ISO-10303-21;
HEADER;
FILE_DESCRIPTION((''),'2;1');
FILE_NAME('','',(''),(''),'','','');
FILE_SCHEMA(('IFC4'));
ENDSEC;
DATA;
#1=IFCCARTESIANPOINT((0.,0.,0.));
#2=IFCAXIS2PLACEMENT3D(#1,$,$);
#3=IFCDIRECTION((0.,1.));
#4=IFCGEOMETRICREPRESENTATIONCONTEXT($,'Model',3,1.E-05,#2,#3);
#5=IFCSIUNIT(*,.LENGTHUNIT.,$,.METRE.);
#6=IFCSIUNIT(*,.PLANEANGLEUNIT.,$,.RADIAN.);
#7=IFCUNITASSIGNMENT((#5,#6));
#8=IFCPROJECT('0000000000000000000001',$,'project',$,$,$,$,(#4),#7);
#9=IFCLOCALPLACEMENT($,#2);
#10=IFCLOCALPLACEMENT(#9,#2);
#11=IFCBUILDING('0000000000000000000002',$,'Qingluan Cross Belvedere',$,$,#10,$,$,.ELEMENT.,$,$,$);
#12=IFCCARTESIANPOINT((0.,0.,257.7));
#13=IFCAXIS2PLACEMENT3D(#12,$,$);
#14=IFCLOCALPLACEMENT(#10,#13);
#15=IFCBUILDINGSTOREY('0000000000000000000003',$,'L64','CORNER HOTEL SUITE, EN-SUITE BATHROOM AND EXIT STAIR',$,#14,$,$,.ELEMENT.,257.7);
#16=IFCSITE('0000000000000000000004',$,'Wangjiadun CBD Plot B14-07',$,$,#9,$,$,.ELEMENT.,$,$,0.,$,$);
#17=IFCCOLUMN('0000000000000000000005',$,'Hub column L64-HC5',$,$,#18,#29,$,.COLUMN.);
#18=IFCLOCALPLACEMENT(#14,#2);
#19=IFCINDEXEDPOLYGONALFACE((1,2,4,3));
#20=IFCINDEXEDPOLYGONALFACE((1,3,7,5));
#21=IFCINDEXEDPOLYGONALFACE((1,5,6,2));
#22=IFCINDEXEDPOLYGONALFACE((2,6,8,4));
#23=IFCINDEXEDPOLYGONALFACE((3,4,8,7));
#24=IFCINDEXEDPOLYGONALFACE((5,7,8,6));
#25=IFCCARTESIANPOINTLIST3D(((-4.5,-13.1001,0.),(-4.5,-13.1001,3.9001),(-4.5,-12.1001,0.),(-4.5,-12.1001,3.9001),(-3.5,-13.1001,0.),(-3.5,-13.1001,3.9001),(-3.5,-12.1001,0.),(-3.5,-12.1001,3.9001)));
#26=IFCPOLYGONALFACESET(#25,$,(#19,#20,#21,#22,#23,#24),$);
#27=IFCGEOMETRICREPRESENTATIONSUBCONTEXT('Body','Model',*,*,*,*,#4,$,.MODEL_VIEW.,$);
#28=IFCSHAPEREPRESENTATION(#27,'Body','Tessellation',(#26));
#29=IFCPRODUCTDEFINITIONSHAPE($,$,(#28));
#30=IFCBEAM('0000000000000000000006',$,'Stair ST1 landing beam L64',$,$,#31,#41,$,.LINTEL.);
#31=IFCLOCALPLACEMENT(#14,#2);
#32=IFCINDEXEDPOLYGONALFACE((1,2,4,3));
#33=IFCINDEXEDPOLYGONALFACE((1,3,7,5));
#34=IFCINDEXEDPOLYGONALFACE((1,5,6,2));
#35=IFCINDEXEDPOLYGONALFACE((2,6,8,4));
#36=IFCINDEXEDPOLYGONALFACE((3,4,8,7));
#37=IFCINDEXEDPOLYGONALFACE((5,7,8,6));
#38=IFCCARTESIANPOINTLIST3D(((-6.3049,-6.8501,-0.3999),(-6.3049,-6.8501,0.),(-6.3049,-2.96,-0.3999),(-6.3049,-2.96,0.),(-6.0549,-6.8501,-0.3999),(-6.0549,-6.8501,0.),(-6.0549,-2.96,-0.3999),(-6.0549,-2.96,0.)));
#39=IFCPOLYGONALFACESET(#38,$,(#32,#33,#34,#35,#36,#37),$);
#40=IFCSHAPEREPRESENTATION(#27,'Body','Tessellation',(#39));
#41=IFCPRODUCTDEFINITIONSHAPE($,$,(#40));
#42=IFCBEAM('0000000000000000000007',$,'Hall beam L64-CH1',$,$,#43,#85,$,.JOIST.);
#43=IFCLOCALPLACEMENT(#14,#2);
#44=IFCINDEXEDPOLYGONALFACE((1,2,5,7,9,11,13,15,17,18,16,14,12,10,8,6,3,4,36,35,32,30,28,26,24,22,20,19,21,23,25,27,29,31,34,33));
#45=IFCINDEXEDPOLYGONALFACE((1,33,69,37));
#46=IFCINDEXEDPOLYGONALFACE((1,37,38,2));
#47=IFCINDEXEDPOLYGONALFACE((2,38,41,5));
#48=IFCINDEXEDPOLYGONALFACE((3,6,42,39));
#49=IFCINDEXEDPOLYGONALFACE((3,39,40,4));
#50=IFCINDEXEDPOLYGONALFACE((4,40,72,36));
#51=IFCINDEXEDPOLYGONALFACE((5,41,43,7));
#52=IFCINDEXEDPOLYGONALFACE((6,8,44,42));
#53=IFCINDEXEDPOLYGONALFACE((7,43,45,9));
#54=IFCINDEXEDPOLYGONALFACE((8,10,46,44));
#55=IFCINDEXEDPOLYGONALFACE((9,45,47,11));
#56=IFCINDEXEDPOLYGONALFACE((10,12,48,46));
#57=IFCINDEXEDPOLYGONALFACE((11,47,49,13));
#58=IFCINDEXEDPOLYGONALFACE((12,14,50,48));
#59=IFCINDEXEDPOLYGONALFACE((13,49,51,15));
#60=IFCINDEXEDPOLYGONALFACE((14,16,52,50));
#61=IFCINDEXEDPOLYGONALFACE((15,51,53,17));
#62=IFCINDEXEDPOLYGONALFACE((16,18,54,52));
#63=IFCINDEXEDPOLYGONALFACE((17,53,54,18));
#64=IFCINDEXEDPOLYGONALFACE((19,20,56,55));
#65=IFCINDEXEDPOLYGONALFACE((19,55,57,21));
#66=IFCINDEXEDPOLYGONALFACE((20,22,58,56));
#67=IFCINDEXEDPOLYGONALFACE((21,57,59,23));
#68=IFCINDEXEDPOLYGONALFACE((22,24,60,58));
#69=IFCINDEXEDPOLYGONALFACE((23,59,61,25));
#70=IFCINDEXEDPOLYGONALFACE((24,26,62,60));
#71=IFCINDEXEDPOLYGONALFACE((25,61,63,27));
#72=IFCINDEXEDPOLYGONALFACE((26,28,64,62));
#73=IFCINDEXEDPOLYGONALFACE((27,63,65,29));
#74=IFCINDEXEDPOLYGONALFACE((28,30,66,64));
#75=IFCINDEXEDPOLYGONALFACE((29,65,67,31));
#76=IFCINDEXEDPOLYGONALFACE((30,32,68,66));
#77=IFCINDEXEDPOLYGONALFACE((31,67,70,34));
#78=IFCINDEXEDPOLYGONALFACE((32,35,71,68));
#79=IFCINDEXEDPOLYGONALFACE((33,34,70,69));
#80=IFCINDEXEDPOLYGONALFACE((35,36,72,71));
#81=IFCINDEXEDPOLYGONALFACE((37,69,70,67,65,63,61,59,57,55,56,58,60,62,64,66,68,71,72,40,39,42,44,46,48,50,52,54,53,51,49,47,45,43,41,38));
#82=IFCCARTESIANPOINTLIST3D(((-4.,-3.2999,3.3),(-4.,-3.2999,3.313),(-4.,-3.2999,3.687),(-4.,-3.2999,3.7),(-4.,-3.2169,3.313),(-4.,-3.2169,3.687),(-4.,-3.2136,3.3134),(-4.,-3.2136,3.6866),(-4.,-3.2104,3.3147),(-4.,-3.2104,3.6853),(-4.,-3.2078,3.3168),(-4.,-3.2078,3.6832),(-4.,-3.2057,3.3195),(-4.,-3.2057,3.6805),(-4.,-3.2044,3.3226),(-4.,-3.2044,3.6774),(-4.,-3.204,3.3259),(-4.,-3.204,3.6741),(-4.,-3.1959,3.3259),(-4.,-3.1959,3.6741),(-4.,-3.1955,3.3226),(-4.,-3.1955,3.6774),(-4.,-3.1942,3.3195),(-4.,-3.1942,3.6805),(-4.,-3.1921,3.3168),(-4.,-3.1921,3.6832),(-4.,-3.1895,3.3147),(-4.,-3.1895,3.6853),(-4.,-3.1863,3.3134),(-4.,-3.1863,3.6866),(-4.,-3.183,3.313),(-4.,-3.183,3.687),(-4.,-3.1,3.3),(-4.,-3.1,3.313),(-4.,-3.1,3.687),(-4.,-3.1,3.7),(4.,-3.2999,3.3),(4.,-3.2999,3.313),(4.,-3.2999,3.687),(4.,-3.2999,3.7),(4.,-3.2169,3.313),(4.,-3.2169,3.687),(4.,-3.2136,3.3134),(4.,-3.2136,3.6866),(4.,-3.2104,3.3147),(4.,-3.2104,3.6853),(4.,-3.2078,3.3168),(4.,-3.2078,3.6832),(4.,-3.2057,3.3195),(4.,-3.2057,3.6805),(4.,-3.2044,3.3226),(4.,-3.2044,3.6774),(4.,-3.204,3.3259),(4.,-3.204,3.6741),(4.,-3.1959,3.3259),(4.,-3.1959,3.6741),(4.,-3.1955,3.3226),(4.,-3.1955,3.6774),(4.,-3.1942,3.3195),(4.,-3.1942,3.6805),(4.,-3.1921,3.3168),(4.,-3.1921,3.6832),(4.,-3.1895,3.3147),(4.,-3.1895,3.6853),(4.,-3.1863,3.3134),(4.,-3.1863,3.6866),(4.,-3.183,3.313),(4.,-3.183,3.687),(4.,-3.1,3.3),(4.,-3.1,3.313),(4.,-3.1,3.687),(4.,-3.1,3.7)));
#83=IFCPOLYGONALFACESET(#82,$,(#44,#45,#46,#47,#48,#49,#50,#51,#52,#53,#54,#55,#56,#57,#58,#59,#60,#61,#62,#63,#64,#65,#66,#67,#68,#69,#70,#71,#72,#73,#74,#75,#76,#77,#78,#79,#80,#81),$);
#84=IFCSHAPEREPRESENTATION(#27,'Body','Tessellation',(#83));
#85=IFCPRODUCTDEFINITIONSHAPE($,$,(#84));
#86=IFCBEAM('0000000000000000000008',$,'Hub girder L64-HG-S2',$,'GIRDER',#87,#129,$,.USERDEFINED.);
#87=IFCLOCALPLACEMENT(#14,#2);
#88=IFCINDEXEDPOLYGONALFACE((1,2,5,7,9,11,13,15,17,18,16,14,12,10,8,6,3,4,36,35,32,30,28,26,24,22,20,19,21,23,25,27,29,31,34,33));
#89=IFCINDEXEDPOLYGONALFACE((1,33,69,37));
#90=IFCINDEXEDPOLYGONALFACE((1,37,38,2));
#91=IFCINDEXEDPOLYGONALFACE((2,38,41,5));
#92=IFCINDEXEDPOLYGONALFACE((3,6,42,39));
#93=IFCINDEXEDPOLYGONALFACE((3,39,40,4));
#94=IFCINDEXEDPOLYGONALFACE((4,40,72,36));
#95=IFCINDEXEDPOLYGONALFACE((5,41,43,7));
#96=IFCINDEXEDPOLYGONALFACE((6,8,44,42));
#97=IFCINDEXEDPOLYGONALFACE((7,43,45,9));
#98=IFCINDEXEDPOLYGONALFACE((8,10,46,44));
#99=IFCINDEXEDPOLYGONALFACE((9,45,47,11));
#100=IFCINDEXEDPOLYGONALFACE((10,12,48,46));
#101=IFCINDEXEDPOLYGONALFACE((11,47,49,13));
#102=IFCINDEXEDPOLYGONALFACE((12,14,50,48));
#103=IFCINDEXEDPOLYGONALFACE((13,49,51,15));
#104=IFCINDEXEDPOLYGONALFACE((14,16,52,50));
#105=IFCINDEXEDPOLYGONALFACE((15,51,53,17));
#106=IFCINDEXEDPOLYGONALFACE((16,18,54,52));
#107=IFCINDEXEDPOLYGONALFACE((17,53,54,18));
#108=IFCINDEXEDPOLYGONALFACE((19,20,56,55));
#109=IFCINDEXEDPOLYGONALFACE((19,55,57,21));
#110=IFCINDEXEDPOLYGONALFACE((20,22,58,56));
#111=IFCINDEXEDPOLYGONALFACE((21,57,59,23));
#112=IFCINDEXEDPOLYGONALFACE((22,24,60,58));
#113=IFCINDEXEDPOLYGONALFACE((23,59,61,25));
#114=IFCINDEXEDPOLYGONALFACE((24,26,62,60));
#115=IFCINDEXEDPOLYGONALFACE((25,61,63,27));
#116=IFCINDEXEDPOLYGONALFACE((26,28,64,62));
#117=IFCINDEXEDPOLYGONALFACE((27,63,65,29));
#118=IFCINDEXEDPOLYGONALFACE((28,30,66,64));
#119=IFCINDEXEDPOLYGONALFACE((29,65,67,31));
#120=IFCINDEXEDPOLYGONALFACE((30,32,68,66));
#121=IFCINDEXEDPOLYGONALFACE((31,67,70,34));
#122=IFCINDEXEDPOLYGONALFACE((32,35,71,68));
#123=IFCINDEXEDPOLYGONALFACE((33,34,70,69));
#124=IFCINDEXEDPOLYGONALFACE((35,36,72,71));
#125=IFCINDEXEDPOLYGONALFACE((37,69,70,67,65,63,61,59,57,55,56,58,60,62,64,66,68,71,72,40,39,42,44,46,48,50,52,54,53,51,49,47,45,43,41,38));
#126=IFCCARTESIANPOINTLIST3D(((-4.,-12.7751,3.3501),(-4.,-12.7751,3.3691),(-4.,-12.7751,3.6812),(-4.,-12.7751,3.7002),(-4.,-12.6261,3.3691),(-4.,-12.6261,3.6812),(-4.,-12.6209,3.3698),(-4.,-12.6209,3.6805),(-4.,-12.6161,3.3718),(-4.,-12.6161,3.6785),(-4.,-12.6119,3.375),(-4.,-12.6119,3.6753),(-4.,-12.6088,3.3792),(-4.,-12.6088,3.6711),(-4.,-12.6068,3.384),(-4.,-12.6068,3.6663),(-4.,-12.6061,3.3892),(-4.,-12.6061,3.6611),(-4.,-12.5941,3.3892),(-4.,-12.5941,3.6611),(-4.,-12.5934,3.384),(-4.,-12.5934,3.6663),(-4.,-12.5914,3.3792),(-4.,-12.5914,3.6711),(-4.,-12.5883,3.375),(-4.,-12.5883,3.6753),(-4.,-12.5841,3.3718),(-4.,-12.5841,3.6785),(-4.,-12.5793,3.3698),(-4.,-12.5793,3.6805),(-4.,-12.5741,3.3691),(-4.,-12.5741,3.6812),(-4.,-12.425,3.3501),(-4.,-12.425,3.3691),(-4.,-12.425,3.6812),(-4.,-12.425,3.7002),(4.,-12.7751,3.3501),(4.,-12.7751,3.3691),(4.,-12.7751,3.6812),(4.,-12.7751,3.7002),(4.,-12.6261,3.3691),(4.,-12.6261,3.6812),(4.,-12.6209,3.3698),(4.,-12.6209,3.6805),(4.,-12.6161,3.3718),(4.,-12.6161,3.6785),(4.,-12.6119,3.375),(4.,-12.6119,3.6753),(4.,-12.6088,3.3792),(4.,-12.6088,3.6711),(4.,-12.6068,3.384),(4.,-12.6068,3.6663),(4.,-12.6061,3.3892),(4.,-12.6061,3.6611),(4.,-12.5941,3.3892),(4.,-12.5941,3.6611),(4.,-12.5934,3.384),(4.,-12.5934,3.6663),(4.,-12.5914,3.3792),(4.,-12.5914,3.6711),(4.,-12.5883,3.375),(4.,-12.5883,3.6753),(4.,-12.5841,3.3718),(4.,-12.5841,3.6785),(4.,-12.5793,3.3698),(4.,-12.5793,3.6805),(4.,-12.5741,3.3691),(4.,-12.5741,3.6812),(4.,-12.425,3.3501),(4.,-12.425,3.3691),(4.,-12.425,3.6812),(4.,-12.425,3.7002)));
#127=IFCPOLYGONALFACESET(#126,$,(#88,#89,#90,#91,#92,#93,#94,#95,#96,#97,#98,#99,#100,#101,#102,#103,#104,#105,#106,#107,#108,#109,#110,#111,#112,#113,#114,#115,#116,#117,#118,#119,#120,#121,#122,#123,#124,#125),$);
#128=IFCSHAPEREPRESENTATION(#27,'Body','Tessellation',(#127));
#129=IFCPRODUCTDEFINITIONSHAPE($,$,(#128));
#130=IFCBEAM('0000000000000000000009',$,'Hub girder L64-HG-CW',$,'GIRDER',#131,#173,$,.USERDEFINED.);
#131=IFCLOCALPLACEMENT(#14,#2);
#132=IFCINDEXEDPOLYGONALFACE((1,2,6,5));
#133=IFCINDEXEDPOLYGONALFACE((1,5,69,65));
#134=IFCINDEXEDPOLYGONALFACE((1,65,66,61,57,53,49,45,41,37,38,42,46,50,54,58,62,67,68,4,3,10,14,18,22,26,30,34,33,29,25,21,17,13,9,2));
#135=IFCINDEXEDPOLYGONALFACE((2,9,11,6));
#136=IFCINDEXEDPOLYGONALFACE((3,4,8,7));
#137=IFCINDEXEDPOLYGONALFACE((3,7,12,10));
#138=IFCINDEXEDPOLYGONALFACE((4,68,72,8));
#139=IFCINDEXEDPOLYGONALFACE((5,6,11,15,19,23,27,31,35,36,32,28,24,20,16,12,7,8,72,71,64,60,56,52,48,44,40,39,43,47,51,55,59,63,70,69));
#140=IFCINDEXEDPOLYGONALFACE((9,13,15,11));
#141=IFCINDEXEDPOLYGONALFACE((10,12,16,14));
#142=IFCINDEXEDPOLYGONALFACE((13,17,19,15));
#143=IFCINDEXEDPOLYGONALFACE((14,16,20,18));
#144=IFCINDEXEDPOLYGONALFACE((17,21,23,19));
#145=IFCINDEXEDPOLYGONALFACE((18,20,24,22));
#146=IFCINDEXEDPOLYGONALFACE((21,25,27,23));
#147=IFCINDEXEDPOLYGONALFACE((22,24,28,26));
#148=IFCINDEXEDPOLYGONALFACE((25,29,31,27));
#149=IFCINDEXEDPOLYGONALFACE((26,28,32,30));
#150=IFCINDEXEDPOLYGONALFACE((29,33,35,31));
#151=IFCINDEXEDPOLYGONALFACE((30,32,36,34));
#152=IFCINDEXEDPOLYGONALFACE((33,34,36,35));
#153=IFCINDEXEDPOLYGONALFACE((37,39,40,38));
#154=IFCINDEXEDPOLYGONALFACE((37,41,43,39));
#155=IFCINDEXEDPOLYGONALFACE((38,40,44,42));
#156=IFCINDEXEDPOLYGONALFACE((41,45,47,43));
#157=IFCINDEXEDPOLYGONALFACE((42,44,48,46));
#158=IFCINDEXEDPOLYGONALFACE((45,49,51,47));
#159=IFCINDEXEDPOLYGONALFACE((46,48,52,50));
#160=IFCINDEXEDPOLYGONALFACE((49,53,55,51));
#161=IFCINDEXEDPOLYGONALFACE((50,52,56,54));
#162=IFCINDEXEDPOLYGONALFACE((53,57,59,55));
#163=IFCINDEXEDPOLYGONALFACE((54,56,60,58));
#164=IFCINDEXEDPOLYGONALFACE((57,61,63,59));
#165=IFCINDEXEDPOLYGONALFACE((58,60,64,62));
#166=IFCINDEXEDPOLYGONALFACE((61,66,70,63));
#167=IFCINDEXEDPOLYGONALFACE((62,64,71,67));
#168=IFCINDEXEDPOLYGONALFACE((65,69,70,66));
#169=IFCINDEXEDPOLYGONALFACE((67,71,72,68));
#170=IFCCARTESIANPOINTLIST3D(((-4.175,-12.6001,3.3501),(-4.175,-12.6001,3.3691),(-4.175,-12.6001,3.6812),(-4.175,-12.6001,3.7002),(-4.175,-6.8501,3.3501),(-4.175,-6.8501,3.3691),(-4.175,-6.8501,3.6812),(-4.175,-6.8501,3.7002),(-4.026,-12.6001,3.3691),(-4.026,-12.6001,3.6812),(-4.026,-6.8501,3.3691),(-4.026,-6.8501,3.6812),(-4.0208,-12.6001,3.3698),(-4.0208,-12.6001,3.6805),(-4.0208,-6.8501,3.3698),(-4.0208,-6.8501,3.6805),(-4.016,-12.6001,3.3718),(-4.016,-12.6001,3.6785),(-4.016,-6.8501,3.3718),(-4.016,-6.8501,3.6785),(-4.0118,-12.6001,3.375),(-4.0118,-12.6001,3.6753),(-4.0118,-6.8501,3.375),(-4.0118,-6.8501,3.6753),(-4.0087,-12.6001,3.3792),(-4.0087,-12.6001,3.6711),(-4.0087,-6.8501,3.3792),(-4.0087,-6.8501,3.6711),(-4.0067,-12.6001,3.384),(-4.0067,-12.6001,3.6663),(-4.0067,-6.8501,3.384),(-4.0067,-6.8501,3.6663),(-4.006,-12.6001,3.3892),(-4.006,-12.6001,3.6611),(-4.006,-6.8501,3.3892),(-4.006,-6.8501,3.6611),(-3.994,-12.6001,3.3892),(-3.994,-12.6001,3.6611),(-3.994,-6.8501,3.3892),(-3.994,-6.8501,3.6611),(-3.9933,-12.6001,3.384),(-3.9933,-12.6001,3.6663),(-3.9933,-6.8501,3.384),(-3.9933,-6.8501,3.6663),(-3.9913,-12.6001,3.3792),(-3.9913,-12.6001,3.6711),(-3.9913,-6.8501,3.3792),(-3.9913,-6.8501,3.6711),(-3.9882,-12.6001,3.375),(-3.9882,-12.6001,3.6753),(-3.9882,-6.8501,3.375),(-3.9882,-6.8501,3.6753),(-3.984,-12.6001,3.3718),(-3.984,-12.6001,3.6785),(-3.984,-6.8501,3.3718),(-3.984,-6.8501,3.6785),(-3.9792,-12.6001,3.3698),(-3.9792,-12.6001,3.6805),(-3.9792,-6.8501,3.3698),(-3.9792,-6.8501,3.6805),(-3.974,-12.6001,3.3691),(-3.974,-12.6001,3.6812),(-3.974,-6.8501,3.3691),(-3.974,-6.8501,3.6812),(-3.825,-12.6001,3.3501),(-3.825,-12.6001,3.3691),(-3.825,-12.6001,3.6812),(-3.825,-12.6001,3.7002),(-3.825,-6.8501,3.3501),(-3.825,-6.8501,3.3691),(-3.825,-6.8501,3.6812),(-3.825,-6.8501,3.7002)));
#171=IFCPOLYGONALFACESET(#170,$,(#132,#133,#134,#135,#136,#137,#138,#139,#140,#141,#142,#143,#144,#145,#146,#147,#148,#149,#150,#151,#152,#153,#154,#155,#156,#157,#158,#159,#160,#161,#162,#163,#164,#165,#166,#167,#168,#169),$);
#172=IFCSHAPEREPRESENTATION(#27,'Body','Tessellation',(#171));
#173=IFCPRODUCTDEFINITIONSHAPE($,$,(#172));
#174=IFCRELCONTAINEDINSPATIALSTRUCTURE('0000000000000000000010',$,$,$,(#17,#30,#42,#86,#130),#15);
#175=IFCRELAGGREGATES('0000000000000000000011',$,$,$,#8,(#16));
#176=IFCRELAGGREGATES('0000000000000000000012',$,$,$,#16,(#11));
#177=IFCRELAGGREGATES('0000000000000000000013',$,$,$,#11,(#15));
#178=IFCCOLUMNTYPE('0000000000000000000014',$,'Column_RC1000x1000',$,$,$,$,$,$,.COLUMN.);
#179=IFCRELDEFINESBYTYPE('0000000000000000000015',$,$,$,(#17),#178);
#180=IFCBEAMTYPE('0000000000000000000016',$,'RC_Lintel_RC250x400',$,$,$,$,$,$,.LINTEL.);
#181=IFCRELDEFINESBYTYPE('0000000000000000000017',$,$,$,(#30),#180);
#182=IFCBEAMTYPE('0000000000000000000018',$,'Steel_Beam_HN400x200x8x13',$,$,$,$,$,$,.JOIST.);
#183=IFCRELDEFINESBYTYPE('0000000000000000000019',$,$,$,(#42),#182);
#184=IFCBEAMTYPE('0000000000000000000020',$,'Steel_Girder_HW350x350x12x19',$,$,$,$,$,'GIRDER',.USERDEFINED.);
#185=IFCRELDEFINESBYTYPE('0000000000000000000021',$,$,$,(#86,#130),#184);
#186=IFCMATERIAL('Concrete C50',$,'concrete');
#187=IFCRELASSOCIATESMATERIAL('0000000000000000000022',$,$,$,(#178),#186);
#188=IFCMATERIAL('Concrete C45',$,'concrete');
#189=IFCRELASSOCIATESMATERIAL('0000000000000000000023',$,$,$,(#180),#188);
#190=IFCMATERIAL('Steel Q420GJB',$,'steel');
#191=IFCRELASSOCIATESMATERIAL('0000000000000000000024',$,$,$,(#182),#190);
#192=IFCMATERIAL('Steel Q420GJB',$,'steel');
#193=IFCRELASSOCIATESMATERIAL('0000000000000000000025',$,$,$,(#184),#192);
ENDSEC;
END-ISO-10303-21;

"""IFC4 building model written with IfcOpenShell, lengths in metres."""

from ifc_helpers import new_model, si_unit, direction, frame, origin, origin_2d, place, context, subcontext, project, spatial, rectangle, i_section, extrude, material, material_profile, profile_set, type_object, element, save


model = new_model("IFC4")

# Units and contexts
model_context = context("Model", 3, precision=1e-05, world=origin(), true_north=direction((0.0, 1.0)))
body_context = subcontext(model_context, "Body", "Model", "MODEL_VIEW")
ifc_project = project(units=[si_unit("LENGTHUNIT", "METRE"), si_unit("PLANEANGLEUNIT", "RADIAN")], contexts=[model_context])

# Site, building, storey
site_placement = place(None, origin())
site = spatial("IfcSite", under=ifc_project, at=site_placement, Name="Wangjiadun CBD Plot B14-07", CompositionType="ELEMENT", RefElevation=0.0)
building_placement = place(site_placement, origin())
building = spatial("IfcBuilding", under=site, at=building_placement, Name="Qingluan Cross Belvedere", CompositionType="ELEMENT")
storey_placement = place(building_placement, frame((0.0, 0.0, 257.7)))
storey = spatial("IfcBuildingStorey", under=building, at=storey_placement, Name="L64", Description="CORNER HOTEL SUITE, EN-SUITE BATHROOM AND EXIT STAIR", CompositionType="ELEMENT", Elevation=257.7)

# Column
ifc_material_1 = material(Name="Concrete C50", Category="concrete")
ifc_material_profile_1 = material_profile(ifc_material_1, rectangle(XDim=1.0, YDim=1.0, at=origin_2d()), Name="RC1000x1000")
ifc_profile_set_1 = profile_set([ifc_material_profile_1], Name="Concrete C50")
column_type = type_object("IfcColumnType", Name="Column_RC1000x1000", PredefinedType="COLUMN", material=ifc_profile_set_1)
column_placement = place(storey_placement, frame((-4.0, -12.6001, 0.0), z_axis=(0.0, 0.0, 1.0), x_axis=(1.0, 0.0, 0.0)))
element("IfcColumn", 1, at=column_placement, inside=storey, type_object=column_type, Name="Hub column L64-HC5", PredefinedType="COLUMN", context=body_context, shape_type="SweptSolid", body=[
    extrude(rectangle(XDim=1.0, YDim=1.0, at=origin_2d()), origin(), (0.0, 0.0, 1.0), 3.9001),
])

# Beams
ifc_material_2 = material(Name="Concrete C45", Category="concrete")
ifc_material_profile_2 = material_profile(ifc_material_2, rectangle(XDim=0.25, YDim=0.3999, at=origin_2d()), Name="RC250x400")
ifc_profile_set_2 = profile_set([ifc_material_profile_2], Name="Concrete C45")
beam_type_1 = type_object("IfcBeamType", Name="RC_Lintel_RC250x400", PredefinedType="LINTEL", material=ifc_profile_set_2)
beam_1_placement = place(storey_placement, frame((-6.1799, -6.8501, -0.2), z_axis=(0.0, 1.0, 0.0), x_axis=(-1.0, 0.0, 0.0)))
element("IfcBeam", 2, at=beam_1_placement, inside=storey, type_object=beam_type_1, Name="Stair ST1 landing beam L64", PredefinedType="LINTEL", context=body_context, shape_type="SweptSolid", body=[
    extrude(rectangle(XDim=0.25, YDim=0.3999, at=origin_2d()), origin(), (0.0, 0.0, 1.0), 3.8901),
])
ifc_material_3 = material(Name="Steel Q420GJB", Category="steel")
ifc_material_profile_3 = material_profile(ifc_material_3, i_section(OverallWidth=0.2, OverallDepth=0.3999, WebThickness=0.0081, FlangeThickness=0.0129, FilletRadius=0.0129, at=origin_2d()), Name="HN400x200x8x13")
ifc_profile_set_3 = profile_set([ifc_material_profile_3], Name="Steel Q420GJB")
beam_type_2 = type_object("IfcBeamType", Name="Steel_Beam_HN400x200x8x13", PredefinedType="JOIST", material=ifc_profile_set_3)
beam_2_placement = place(storey_placement, frame((-4.0, -3.2, 3.5), z_axis=(1.0, 0.0, 0.0), x_axis=(0.0, 1.0, 0.0)))
element("IfcBeam", 3, at=beam_2_placement, inside=storey, type_object=beam_type_2, Name="Hall beam L64-CH1", PredefinedType="JOIST", context=body_context, shape_type="SweptSolid", body=[
    extrude(i_section(OverallWidth=0.2, OverallDepth=0.3999, WebThickness=0.0081, FlangeThickness=0.0129, FilletRadius=0.0129, at=origin_2d()), origin(), (0.0, 0.0, 1.0), 8.0),
])
ifc_material_4 = material(Name="Steel Q420GJB", Category="steel")
ifc_material_profile_4 = material_profile(ifc_material_4, i_section(OverallWidth=0.3501, OverallDepth=0.3501, WebThickness=0.012, FlangeThickness=0.019, FilletRadius=0.02, at=origin_2d()), Name="HW350x350x12x19")
ifc_profile_set_4 = profile_set([ifc_material_profile_4], Name="Steel Q420GJB")
beam_type_3 = type_object("IfcBeamType", Name="Steel_Girder_HW350x350x12x19", ElementType="GIRDER", PredefinedType="USERDEFINED", material=ifc_profile_set_4)
beam_3_placement = place(storey_placement, frame((-4.0, -12.6001, 3.5251), z_axis=(1.0, 0.0, 0.0), x_axis=(0.0, 1.0, 0.0)))
element("IfcBeam", 4, at=beam_3_placement, inside=storey, type_object=beam_type_3, Name="Hub girder L64-HG-S2", ObjectType="GIRDER", PredefinedType="USERDEFINED", context=body_context, shape_type="SweptSolid", body=[
    extrude(i_section(OverallWidth=0.3501, OverallDepth=0.3501, WebThickness=0.012, FlangeThickness=0.019, FilletRadius=0.02, at=origin_2d()), origin(), (0.0, 0.0, 1.0), 8.0),
])
beam_4_placement = place(storey_placement, frame((-4.0, -12.6001, 3.5251), z_axis=(0.0, 1.0, 0.0), x_axis=(-1.0, 0.0, 0.0)))
element("IfcBeam", 5, at=beam_4_placement, inside=storey, type_object=beam_type_3, Name="Hub girder L64-HG-CW", ObjectType="GIRDER", PredefinedType="USERDEFINED", context=body_context, shape_type="SweptSolid", body=[
    extrude(i_section(OverallWidth=0.3501, OverallDepth=0.3501, WebThickness=0.012, FlangeThickness=0.019, FilletRadius=0.02, at=origin_2d()), origin(), (0.0, 0.0, 1.0), 5.75),
])

save(model, "model.ifc")
